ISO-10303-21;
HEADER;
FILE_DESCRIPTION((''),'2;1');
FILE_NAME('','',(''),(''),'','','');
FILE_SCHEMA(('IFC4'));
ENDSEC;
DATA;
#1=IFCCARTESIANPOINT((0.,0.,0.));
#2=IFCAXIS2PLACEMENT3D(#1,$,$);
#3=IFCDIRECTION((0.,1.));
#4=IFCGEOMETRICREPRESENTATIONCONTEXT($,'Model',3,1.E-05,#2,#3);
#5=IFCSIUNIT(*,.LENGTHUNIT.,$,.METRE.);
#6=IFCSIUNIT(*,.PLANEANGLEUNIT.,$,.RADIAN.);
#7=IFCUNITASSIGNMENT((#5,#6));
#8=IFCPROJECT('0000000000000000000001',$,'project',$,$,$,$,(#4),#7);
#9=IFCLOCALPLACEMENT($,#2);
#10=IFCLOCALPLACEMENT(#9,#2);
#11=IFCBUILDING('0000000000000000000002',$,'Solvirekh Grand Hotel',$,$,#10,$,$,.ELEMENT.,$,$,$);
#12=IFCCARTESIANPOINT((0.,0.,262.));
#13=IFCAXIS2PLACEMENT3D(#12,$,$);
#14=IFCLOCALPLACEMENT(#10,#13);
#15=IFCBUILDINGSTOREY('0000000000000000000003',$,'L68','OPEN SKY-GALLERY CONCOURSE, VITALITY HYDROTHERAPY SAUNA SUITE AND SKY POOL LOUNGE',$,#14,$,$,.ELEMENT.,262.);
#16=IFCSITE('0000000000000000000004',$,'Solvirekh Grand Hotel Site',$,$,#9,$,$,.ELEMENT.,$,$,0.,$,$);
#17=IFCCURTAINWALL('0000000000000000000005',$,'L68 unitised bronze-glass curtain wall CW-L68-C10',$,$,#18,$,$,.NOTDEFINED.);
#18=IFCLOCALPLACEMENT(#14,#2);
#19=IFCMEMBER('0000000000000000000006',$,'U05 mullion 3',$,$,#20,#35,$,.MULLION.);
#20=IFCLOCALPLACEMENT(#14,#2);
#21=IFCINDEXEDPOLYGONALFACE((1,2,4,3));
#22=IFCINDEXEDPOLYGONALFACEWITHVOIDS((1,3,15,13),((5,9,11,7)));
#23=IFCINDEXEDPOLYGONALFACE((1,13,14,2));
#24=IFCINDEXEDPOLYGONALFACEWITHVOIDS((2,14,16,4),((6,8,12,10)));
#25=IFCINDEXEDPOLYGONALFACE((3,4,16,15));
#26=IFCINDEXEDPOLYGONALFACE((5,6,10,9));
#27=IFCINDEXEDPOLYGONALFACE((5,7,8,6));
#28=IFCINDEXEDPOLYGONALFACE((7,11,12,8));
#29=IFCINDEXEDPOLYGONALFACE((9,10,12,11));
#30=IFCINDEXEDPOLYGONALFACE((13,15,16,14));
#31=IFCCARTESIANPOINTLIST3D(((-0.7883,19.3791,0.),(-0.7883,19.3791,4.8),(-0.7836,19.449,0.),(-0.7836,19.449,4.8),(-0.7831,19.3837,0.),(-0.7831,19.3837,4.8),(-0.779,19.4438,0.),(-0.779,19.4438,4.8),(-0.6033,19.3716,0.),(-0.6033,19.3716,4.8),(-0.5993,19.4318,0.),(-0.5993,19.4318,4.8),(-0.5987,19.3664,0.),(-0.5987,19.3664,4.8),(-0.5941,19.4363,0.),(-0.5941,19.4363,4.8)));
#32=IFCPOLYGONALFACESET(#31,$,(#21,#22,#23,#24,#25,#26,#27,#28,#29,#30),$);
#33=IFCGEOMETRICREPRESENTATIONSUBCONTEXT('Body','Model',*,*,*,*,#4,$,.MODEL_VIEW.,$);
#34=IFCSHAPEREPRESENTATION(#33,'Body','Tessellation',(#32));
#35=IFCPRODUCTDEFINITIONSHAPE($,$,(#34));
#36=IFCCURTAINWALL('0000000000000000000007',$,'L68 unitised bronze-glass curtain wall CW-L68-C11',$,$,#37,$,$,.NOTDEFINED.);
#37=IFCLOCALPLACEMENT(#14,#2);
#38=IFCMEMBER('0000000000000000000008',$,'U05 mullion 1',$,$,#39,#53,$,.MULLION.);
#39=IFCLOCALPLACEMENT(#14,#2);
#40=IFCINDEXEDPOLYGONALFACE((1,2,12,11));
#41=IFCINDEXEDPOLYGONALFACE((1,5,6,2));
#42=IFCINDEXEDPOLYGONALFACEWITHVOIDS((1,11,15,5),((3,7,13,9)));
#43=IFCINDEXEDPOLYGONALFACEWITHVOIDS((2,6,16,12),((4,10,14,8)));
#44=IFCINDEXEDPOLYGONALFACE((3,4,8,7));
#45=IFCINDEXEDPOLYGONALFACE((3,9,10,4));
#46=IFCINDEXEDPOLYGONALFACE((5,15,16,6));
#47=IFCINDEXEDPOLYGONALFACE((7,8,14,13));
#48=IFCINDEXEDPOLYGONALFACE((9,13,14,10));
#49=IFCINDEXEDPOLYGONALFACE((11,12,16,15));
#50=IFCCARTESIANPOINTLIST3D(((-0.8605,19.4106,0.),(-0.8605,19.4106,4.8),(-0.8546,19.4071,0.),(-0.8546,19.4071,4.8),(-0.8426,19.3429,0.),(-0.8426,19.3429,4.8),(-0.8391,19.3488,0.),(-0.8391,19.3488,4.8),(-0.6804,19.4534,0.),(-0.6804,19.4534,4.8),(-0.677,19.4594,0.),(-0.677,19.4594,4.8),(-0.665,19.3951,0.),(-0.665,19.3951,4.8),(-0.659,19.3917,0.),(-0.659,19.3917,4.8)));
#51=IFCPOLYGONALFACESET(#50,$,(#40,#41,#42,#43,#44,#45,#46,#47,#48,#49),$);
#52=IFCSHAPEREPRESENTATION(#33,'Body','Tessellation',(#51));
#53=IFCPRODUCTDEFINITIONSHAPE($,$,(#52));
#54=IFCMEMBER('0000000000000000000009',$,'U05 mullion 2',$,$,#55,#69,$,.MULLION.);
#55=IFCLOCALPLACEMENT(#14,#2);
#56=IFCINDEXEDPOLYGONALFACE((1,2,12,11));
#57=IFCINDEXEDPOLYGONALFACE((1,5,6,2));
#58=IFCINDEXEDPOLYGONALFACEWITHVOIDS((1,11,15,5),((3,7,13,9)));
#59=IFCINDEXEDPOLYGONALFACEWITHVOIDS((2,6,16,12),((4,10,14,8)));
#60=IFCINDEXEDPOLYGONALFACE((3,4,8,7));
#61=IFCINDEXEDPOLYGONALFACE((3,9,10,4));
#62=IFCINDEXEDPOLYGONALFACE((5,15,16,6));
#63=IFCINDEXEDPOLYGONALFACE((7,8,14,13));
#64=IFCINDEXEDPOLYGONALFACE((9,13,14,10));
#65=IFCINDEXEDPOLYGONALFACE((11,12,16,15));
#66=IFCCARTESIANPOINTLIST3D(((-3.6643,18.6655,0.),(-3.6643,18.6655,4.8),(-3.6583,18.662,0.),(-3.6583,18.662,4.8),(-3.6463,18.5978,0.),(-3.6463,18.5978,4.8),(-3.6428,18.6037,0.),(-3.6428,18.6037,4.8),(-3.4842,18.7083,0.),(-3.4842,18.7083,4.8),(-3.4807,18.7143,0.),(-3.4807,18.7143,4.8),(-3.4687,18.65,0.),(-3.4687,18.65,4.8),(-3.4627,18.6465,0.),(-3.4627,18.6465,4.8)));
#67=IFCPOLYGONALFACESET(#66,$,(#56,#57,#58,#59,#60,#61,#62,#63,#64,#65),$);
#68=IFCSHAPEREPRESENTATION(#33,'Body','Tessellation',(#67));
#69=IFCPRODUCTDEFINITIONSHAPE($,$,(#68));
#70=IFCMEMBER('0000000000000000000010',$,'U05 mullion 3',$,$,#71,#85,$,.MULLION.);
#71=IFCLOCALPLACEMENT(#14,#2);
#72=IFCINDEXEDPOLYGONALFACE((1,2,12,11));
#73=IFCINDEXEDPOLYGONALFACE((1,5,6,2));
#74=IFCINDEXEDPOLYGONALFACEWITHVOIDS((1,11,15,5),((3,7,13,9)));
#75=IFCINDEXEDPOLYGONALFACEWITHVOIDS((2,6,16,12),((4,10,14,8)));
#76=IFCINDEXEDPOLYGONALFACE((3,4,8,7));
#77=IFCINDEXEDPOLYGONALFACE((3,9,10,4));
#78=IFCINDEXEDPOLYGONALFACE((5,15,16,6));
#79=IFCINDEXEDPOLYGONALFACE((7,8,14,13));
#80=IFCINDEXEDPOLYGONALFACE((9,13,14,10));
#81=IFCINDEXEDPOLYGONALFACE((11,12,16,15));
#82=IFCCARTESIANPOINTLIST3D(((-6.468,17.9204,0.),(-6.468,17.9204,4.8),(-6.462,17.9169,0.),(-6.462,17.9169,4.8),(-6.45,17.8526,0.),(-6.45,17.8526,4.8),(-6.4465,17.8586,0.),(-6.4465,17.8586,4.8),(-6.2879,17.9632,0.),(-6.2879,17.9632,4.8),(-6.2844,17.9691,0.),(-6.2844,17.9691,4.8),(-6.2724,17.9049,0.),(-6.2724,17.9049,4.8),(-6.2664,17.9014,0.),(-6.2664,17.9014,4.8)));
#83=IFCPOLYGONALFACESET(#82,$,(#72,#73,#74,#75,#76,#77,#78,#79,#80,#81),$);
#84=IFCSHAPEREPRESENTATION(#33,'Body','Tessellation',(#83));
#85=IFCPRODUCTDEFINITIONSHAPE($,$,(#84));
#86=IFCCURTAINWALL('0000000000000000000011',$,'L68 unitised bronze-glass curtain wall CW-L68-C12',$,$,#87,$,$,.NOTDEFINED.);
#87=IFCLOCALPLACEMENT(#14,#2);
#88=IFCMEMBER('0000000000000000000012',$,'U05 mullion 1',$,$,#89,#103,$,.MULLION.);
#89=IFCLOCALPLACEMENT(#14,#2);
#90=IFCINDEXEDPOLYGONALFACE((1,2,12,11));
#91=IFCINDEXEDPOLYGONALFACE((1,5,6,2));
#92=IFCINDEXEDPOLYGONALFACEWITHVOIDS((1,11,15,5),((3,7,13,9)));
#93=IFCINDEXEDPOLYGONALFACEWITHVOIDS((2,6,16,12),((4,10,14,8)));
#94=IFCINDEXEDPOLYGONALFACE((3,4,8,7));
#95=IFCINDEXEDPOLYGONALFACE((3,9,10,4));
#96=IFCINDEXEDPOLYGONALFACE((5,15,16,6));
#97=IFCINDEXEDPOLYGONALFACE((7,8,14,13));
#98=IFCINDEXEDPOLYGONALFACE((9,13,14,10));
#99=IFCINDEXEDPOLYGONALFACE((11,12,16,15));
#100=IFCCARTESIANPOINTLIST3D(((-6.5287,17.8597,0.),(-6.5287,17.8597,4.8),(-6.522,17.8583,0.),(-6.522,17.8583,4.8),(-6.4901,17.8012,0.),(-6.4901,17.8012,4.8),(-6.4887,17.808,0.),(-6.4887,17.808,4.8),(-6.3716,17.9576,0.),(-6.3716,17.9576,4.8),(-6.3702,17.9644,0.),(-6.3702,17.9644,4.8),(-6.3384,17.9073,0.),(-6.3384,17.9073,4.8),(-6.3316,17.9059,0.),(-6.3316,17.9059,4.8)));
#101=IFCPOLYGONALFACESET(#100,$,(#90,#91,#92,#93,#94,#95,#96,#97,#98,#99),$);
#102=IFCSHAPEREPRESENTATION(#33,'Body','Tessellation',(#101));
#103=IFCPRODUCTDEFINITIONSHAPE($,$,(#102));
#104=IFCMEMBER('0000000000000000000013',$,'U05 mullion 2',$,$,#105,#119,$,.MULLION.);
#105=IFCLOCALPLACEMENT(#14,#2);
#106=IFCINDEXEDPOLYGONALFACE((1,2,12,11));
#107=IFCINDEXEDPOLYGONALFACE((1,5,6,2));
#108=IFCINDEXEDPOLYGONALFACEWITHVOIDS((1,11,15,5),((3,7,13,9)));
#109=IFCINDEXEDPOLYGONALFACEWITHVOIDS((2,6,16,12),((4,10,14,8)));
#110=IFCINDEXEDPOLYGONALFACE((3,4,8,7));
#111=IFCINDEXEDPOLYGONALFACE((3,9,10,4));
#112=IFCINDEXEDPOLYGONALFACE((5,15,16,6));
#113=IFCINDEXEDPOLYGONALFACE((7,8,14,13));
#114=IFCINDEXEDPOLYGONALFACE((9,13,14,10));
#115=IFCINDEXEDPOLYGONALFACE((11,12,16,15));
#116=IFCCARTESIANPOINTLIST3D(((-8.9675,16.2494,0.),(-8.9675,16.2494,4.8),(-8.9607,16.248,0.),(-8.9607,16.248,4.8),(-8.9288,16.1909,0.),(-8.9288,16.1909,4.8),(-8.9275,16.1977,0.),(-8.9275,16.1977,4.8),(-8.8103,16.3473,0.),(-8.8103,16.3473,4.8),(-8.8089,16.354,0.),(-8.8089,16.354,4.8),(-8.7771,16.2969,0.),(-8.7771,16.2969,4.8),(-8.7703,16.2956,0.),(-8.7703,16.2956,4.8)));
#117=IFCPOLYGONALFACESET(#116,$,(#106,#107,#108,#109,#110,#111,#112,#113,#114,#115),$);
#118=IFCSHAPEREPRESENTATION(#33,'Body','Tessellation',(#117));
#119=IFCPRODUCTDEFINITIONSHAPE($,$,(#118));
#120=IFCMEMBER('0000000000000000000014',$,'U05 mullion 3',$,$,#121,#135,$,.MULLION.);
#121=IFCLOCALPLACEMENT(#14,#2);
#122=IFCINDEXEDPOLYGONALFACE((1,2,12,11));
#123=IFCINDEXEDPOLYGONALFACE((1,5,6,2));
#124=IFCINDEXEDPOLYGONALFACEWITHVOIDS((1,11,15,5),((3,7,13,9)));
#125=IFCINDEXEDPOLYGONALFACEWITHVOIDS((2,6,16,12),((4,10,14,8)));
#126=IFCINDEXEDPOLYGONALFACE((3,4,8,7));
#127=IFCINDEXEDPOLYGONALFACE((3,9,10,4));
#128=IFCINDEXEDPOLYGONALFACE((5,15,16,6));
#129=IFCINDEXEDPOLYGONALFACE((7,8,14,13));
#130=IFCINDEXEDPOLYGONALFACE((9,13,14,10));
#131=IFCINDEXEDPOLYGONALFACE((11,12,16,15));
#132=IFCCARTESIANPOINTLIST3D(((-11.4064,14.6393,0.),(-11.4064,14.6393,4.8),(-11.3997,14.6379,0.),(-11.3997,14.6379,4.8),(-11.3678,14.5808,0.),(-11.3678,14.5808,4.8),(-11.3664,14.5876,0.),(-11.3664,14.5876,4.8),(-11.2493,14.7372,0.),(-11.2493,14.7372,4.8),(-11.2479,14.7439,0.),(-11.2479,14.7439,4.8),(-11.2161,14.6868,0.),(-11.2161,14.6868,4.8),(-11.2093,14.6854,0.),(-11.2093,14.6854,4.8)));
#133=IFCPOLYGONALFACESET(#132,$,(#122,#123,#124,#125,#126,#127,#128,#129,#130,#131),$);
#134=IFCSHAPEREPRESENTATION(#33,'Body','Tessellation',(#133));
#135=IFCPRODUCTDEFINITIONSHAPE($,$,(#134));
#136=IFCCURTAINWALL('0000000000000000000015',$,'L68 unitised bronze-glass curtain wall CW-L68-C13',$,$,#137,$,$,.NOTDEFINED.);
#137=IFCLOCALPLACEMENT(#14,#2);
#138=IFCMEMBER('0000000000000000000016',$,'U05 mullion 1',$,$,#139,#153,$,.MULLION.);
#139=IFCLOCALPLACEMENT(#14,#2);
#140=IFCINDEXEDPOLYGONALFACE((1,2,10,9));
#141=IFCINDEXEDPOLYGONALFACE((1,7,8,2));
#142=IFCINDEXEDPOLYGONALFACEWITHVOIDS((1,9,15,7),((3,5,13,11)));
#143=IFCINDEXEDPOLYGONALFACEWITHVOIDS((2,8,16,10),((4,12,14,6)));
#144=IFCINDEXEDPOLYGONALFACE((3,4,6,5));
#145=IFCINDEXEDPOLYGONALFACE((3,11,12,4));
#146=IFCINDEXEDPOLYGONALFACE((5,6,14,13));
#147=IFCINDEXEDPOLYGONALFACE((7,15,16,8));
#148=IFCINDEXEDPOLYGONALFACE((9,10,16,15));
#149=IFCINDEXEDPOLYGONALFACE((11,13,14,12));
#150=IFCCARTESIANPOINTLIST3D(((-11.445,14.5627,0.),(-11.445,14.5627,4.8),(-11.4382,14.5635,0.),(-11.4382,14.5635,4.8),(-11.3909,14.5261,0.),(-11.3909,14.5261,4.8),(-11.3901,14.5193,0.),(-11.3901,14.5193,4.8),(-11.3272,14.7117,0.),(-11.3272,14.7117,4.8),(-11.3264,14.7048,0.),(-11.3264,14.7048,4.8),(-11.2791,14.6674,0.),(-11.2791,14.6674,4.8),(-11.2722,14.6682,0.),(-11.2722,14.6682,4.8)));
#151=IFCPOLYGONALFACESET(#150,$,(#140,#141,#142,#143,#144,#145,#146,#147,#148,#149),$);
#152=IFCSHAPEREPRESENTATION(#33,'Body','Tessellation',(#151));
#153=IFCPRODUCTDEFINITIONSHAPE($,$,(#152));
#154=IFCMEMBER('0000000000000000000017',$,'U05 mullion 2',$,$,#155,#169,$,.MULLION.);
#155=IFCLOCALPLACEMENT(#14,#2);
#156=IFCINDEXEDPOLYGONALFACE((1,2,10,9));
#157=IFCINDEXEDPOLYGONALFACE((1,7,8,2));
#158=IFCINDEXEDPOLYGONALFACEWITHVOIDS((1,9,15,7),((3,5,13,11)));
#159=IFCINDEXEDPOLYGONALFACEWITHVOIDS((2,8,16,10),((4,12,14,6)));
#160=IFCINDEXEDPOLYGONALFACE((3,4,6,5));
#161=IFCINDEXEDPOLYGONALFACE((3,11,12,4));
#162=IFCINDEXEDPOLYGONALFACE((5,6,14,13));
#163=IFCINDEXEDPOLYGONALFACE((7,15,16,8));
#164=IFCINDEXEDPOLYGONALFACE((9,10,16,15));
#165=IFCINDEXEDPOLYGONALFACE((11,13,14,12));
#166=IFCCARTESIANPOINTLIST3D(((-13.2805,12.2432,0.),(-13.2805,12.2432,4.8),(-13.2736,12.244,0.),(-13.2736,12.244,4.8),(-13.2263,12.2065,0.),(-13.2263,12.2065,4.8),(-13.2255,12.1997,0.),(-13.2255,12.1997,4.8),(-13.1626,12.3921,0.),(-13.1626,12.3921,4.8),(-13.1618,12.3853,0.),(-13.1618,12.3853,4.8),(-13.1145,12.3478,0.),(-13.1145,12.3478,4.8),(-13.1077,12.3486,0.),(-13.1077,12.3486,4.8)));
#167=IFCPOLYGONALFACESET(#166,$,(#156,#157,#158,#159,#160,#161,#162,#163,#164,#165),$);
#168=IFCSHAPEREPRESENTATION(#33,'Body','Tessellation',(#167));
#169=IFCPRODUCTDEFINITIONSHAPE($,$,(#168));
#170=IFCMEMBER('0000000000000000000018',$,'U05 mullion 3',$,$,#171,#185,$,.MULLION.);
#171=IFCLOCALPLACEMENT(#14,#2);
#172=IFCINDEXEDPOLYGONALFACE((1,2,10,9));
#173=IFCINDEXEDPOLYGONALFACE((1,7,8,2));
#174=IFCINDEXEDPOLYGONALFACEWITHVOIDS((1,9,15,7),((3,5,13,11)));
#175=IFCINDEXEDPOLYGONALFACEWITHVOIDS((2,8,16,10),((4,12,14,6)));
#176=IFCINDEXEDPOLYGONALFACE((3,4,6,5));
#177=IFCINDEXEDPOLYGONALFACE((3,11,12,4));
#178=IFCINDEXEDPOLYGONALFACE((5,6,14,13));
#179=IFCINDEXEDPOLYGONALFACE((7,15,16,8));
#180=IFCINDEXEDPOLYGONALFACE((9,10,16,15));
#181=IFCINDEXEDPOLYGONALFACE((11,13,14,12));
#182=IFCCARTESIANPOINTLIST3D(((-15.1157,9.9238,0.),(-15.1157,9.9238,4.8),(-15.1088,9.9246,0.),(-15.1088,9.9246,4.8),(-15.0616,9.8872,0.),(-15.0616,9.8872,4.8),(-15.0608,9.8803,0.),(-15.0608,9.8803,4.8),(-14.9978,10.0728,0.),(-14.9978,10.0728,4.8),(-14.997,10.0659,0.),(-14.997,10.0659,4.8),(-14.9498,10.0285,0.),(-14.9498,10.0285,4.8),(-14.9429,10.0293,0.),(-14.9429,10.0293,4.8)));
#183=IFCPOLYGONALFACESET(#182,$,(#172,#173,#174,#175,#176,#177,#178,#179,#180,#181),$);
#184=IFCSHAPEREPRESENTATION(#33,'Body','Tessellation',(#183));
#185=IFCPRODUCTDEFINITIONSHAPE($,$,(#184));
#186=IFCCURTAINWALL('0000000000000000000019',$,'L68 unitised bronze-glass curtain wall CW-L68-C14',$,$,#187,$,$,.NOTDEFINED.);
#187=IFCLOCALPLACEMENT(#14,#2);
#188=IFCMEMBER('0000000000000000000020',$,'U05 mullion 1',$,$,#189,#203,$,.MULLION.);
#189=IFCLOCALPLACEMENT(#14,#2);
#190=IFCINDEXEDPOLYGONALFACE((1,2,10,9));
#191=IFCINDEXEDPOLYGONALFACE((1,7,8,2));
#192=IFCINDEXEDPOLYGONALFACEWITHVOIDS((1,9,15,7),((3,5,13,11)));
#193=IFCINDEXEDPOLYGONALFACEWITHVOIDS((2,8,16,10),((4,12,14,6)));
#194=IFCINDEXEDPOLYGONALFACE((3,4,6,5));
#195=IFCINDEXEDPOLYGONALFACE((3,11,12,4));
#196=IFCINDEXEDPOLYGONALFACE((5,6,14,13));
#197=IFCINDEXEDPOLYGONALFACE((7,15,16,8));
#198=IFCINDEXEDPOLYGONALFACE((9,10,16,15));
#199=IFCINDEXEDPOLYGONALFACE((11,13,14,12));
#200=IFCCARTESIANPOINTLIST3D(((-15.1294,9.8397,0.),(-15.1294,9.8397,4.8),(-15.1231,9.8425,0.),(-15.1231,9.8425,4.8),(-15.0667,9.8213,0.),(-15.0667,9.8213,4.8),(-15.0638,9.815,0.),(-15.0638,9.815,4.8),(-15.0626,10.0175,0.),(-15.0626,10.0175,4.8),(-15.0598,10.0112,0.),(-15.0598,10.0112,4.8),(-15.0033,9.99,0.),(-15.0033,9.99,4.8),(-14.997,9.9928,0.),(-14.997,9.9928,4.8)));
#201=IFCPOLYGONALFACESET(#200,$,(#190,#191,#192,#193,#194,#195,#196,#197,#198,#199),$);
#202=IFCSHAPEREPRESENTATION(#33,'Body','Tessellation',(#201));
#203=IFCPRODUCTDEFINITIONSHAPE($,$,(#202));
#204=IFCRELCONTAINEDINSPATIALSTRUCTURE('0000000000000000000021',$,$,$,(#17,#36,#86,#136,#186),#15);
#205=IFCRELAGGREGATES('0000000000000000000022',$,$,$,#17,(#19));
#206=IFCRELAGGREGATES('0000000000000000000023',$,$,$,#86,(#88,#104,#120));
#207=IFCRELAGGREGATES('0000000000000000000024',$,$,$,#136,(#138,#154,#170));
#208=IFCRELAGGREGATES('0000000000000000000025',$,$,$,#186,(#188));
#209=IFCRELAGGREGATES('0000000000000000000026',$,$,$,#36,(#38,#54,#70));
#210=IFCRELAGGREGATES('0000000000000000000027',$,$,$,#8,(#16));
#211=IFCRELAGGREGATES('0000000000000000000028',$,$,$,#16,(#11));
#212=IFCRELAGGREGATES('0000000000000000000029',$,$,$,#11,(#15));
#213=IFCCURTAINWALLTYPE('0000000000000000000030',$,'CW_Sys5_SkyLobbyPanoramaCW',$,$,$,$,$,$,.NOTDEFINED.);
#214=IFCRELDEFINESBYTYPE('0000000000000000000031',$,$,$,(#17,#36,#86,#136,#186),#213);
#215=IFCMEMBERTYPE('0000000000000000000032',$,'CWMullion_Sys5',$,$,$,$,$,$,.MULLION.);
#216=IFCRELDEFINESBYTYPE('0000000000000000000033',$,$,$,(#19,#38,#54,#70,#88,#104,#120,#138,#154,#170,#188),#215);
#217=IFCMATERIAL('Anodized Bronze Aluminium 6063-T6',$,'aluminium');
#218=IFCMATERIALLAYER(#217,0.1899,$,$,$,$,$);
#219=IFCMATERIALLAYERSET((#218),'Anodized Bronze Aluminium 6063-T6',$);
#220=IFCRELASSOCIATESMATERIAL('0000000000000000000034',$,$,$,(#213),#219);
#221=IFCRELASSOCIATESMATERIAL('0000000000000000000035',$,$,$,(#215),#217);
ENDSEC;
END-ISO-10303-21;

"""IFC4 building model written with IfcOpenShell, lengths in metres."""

from ifc_helpers import new_model, si_unit, direction, frame, origin, origin_2d, place, context, subcontext, project, spatial, hollow_rectangle, extrude, source, transform, mapped, material, layer, layer_set, material_profile, profile_set, type_object, element, aggregate, save


model = new_model("IFC4")

# Units and contexts
model_context = context("Model", 3, precision=1e-05, world=origin(), true_north=direction((0.0, 1.0)))
body_context = subcontext(model_context, "Body", "Model", "MODEL_VIEW")
ifc_project = project(units=[si_unit("LENGTHUNIT", "METRE"), si_unit("PLANEANGLEUNIT", "RADIAN")], contexts=[model_context])

# Site, building, storey
site_placement = place(None, origin())
site = spatial("IfcSite", under=ifc_project, at=site_placement, Name="Solvirekh Grand Hotel Site", CompositionType="ELEMENT", RefElevation=0.0)
building_placement = place(site_placement, origin())
building = spatial("IfcBuilding", under=site, at=building_placement, Name="Solvirekh Grand Hotel", CompositionType="ELEMENT")
storey_placement = place(building_placement, frame((0.0, 0.0, 262.0)))
storey = spatial("IfcBuildingStorey", under=building, at=storey_placement, Name="L68", Description="OPEN SKY-GALLERY CONCOURSE, VITALITY HYDROTHERAPY SAUNA SUITE AND SKY POOL LOUNGE", CompositionType="ELEMENT", Elevation=262.0)

# Curtain wall, member
ifc_material_1 = material(Name="Anodized Bronze Aluminium 6063-T6", Category="aluminium")
ifc_layer_1 = layer(ifc_material_1, 0.1899)
ifc_layer_set_1 = layer_set([ifc_layer_1], Name="Anodized Bronze Aluminium 6063-T6")
curtain_wall_type = type_object("IfcCurtainWallType", Name="CW_Sys5_SkyLobbyPanoramaCW", PredefinedType="NOTDEFINED", material=ifc_layer_set_1)
curtain_wall_1_placement = place(storey_placement, origin())
curtain_wall_1 = element("IfcCurtainWall", 1, at=curtain_wall_1_placement, inside=storey, type_object=curtain_wall_type, Name="L68 unitised bronze-glass curtain wall CW-L68-C10", PredefinedType="NOTDEFINED")
ifc_material_profile_1 = material_profile(ifc_material_1, hollow_rectangle(XDim=0.0701, YDim=0.1899, WallThickness=0.0049, at=origin_2d()), Name="ALU RHS 190X70X5")
ifc_profile_set_1 = profile_set([ifc_material_profile_1], Name="Anodized Bronze Aluminium 6063-T6")
member_type_1 = type_object("IfcMemberType", Name="CWMullion_Sys5", PredefinedType="MULLION", material=ifc_profile_set_1)
shared_shape_1 = source(origin(), body_context, "Body", "SweptSolid", [
    extrude(hollow_rectangle(XDim=0.0701, YDim=0.1899, WallThickness=0.0049, at=origin_2d()), origin(), (0.0, 0.0, 1.0), 4.8),
])
member_1_placement = place(storey_placement, frame((-0.6912, 19.4077, 0.0), z_axis=(0.0, 0.0, 1.0), x_axis=(-0.066926, -0.997758, 0.0)))
member_1 = element("IfcMember", 2, at=member_1_placement, type_object=member_type_1, Name="U05 mullion 3", PredefinedType="MULLION", context=body_context, shape_type="MappedRepresentation", body=[
    mapped(shared_shape_1, transform((0.0, 0.0, 0.0), x_axis=(1.0, 0.0, 0.0), y_axis=(0.0, 1.0, 0.0), z_axis=(0.0, 0.0, 1.0), scale=1.0)),
])
aggregate(curtain_wall_1, [member_1])

# Curtain walls, members
curtain_wall_2_placement = place(storey_placement, origin())
curtain_wall_2 = element("IfcCurtainWall", 3, at=curtain_wall_2_placement, inside=storey, type_object=curtain_wall_type, Name="L68 unitised bronze-glass curtain wall CW-L68-C11", PredefinedType="NOTDEFINED")
member_2_placement = place(storey_placement, frame((-0.7598, 19.4011, 0.0), z_axis=(0.0, 0.0, 1.0), x_axis=(0.256815, -0.966461, 0.0)))
member_2 = element("IfcMember", 4, at=member_2_placement, type_object=member_type_1, Name="U05 mullion 1", PredefinedType="MULLION", context=body_context, shape_type="MappedRepresentation", body=[
    mapped(shared_shape_1, transform((0.0, 0.0, 0.0), x_axis=(1.0, 0.0, 0.0), y_axis=(0.0, 1.0, 0.0), z_axis=(0.0, 0.0, 1.0), scale=1.0)),
])
member_3_placement = place(storey_placement, frame((-3.5635, 18.656, 0.0), z_axis=(0.0, 0.0, 1.0), x_axis=(0.256815, -0.966461, 0.0)))
member_3 = element("IfcMember", 5, at=member_3_placement, type_object=member_type_1, Name="U05 mullion 2", PredefinedType="MULLION", context=body_context, shape_type="MappedRepresentation", body=[
    mapped(shared_shape_1, transform((0.0, 0.0, 0.0), x_axis=(1.0, 0.0, 0.0), y_axis=(0.0, 1.0, 0.0), z_axis=(0.0, 0.0, 1.0), scale=1.0)),
])
member_4_placement = place(storey_placement, frame((-6.3672, 17.9109, 0.0), z_axis=(0.0, 0.0, 1.0), x_axis=(0.256815, -0.966461, 0.0)))
member_4 = element("IfcMember", 6, at=member_4_placement, type_object=member_type_1, Name="U05 mullion 3", PredefinedType="MULLION", context=body_context, shape_type="MappedRepresentation", body=[
    mapped(shared_shape_1, transform((0.0, 0.0, 0.0), x_axis=(1.0, 0.0, 0.0), y_axis=(0.0, 1.0, 0.0), z_axis=(0.0, 0.0, 1.0), scale=1.0)),
])
curtain_wall_3_placement = place(storey_placement, origin())
curtain_wall_3 = element("IfcCurtainWall", 7, at=curtain_wall_3_placement, inside=storey, type_object=curtain_wall_type, Name="L68 unitised bronze-glass curtain wall CW-L68-C12", PredefinedType="NOTDEFINED")
member_5_placement = place(storey_placement, frame((-6.4302, 17.8828, 0.0), z_axis=(0.0, 0.0, 1.0), x_axis=(0.550988, -0.834513, 0.0)))
member_5 = element("IfcMember", 8, at=member_5_placement, type_object=member_type_1, Name="U05 mullion 1", PredefinedType="MULLION", context=body_context, shape_type="MappedRepresentation", body=[
    mapped(shared_shape_1, transform((0.0, 0.0, 0.0), x_axis=(1.0, 0.0, 0.0), y_axis=(0.0, 1.0, 0.0), z_axis=(0.0, 0.0, 1.0), scale=1.0)),
])
member_6_placement = place(storey_placement, frame((-8.8689, 16.2725, 0.0), z_axis=(0.0, 0.0, 1.0), x_axis=(0.550988, -0.834513, 0.0)))
member_6 = element("IfcMember", 9, at=member_6_placement, type_object=member_type_1, Name="U05 mullion 2", PredefinedType="MULLION", context=body_context, shape_type="MappedRepresentation", body=[
    mapped(shared_shape_1, transform((0.0, 0.0, 0.0), x_axis=(1.0, 0.0, 0.0), y_axis=(0.0, 1.0, 0.0), z_axis=(0.0, 0.0, 1.0), scale=1.0)),
])
member_7_placement = place(storey_placement, frame((-11.3079, 14.6624, 0.0), z_axis=(0.0, 0.0, 1.0), x_axis=(0.550988, -0.834513, 0.0)))
member_7 = element("IfcMember", 10, at=member_7_placement, type_object=member_type_1, Name="U05 mullion 3", PredefinedType="MULLION", context=body_context, shape_type="MappedRepresentation", body=[
    mapped(shared_shape_1, transform((0.0, 0.0, 0.0), x_axis=(1.0, 0.0, 0.0), y_axis=(0.0, 1.0, 0.0), z_axis=(0.0, 0.0, 1.0), scale=1.0)),
])
curtain_wall_4_placement = place(storey_placement, origin())
curtain_wall_4 = element("IfcCurtainWall", 11, at=curtain_wall_4_placement, inside=storey, type_object=curtain_wall_type, Name="L68 unitised bronze-glass curtain wall CW-L68-C13", PredefinedType="NOTDEFINED")
member_8_placement = place(storey_placement, frame((-11.3586, 14.6155, 0.0), z_axis=(0.0, 0.0, 1.0), x_axis=(0.784215, -0.620489, 0.0)))
member_8 = element("IfcMember", 12, at=member_8_placement, type_object=member_type_1, Name="U05 mullion 1", PredefinedType="MULLION", context=body_context, shape_type="MappedRepresentation", body=[
    mapped(shared_shape_1, transform((0.0, 0.0, 0.0), x_axis=(1.0, 0.0, 0.0), y_axis=(0.0, 1.0, 0.0), z_axis=(0.0, 0.0, 1.0), scale=1.0)),
])
member_9_placement = place(storey_placement, frame((-13.1941, 12.2959, 0.0), z_axis=(0.0, 0.0, 1.0), x_axis=(0.784215, -0.620489, 0.0)))
member_9 = element("IfcMember", 13, at=member_9_placement, type_object=member_type_1, Name="U05 mullion 2", PredefinedType="MULLION", context=body_context, shape_type="MappedRepresentation", body=[
    mapped(shared_shape_1, transform((0.0, 0.0, 0.0), x_axis=(1.0, 0.0, 0.0), y_axis=(0.0, 1.0, 0.0), z_axis=(0.0, 0.0, 1.0), scale=1.0)),
])
member_10_placement = place(storey_placement, frame((-15.0293, 9.9766, 0.0), z_axis=(0.0, 0.0, 1.0), x_axis=(0.784215, -0.620489, 0.0)))
member_10 = element("IfcMember", 14, at=member_10_placement, type_object=member_type_1, Name="U05 mullion 3", PredefinedType="MULLION", context=body_context, shape_type="MappedRepresentation", body=[
    mapped(shared_shape_1, transform((0.0, 0.0, 0.0), x_axis=(1.0, 0.0, 0.0), y_axis=(0.0, 1.0, 0.0), z_axis=(0.0, 0.0, 1.0), scale=1.0)),
])
curtain_wall_5_placement = place(storey_placement, origin())
curtain_wall_5 = element("IfcCurtainWall", 15, at=curtain_wall_5_placement, inside=storey, type_object=curtain_wall_type, Name="L68 unitised bronze-glass curtain wall CW-L68-C14", PredefinedType="NOTDEFINED")
member_11_placement = place(storey_placement, frame((-15.0632, 9.9163, 0.0), z_axis=(0.0, 0.0, 1.0), x_axis=(0.936153, -0.351594, 0.0)))
member_11 = element("IfcMember", 16, at=member_11_placement, type_object=member_type_1, Name="U05 mullion 1", PredefinedType="MULLION", context=body_context, shape_type="MappedRepresentation", body=[
    mapped(shared_shape_1, transform((0.0, 0.0, 0.0), x_axis=(1.0, 0.0, 0.0), y_axis=(0.0, 1.0, 0.0), z_axis=(0.0, 0.0, 1.0), scale=1.0)),
])

aggregate(curtain_wall_3, [member_5, member_6, member_7])
aggregate(curtain_wall_4, [member_8, member_9, member_10])
aggregate(curtain_wall_5, [member_11])
aggregate(curtain_wall_2, [member_2, member_3, member_4])

save(model, "model.ifc")
